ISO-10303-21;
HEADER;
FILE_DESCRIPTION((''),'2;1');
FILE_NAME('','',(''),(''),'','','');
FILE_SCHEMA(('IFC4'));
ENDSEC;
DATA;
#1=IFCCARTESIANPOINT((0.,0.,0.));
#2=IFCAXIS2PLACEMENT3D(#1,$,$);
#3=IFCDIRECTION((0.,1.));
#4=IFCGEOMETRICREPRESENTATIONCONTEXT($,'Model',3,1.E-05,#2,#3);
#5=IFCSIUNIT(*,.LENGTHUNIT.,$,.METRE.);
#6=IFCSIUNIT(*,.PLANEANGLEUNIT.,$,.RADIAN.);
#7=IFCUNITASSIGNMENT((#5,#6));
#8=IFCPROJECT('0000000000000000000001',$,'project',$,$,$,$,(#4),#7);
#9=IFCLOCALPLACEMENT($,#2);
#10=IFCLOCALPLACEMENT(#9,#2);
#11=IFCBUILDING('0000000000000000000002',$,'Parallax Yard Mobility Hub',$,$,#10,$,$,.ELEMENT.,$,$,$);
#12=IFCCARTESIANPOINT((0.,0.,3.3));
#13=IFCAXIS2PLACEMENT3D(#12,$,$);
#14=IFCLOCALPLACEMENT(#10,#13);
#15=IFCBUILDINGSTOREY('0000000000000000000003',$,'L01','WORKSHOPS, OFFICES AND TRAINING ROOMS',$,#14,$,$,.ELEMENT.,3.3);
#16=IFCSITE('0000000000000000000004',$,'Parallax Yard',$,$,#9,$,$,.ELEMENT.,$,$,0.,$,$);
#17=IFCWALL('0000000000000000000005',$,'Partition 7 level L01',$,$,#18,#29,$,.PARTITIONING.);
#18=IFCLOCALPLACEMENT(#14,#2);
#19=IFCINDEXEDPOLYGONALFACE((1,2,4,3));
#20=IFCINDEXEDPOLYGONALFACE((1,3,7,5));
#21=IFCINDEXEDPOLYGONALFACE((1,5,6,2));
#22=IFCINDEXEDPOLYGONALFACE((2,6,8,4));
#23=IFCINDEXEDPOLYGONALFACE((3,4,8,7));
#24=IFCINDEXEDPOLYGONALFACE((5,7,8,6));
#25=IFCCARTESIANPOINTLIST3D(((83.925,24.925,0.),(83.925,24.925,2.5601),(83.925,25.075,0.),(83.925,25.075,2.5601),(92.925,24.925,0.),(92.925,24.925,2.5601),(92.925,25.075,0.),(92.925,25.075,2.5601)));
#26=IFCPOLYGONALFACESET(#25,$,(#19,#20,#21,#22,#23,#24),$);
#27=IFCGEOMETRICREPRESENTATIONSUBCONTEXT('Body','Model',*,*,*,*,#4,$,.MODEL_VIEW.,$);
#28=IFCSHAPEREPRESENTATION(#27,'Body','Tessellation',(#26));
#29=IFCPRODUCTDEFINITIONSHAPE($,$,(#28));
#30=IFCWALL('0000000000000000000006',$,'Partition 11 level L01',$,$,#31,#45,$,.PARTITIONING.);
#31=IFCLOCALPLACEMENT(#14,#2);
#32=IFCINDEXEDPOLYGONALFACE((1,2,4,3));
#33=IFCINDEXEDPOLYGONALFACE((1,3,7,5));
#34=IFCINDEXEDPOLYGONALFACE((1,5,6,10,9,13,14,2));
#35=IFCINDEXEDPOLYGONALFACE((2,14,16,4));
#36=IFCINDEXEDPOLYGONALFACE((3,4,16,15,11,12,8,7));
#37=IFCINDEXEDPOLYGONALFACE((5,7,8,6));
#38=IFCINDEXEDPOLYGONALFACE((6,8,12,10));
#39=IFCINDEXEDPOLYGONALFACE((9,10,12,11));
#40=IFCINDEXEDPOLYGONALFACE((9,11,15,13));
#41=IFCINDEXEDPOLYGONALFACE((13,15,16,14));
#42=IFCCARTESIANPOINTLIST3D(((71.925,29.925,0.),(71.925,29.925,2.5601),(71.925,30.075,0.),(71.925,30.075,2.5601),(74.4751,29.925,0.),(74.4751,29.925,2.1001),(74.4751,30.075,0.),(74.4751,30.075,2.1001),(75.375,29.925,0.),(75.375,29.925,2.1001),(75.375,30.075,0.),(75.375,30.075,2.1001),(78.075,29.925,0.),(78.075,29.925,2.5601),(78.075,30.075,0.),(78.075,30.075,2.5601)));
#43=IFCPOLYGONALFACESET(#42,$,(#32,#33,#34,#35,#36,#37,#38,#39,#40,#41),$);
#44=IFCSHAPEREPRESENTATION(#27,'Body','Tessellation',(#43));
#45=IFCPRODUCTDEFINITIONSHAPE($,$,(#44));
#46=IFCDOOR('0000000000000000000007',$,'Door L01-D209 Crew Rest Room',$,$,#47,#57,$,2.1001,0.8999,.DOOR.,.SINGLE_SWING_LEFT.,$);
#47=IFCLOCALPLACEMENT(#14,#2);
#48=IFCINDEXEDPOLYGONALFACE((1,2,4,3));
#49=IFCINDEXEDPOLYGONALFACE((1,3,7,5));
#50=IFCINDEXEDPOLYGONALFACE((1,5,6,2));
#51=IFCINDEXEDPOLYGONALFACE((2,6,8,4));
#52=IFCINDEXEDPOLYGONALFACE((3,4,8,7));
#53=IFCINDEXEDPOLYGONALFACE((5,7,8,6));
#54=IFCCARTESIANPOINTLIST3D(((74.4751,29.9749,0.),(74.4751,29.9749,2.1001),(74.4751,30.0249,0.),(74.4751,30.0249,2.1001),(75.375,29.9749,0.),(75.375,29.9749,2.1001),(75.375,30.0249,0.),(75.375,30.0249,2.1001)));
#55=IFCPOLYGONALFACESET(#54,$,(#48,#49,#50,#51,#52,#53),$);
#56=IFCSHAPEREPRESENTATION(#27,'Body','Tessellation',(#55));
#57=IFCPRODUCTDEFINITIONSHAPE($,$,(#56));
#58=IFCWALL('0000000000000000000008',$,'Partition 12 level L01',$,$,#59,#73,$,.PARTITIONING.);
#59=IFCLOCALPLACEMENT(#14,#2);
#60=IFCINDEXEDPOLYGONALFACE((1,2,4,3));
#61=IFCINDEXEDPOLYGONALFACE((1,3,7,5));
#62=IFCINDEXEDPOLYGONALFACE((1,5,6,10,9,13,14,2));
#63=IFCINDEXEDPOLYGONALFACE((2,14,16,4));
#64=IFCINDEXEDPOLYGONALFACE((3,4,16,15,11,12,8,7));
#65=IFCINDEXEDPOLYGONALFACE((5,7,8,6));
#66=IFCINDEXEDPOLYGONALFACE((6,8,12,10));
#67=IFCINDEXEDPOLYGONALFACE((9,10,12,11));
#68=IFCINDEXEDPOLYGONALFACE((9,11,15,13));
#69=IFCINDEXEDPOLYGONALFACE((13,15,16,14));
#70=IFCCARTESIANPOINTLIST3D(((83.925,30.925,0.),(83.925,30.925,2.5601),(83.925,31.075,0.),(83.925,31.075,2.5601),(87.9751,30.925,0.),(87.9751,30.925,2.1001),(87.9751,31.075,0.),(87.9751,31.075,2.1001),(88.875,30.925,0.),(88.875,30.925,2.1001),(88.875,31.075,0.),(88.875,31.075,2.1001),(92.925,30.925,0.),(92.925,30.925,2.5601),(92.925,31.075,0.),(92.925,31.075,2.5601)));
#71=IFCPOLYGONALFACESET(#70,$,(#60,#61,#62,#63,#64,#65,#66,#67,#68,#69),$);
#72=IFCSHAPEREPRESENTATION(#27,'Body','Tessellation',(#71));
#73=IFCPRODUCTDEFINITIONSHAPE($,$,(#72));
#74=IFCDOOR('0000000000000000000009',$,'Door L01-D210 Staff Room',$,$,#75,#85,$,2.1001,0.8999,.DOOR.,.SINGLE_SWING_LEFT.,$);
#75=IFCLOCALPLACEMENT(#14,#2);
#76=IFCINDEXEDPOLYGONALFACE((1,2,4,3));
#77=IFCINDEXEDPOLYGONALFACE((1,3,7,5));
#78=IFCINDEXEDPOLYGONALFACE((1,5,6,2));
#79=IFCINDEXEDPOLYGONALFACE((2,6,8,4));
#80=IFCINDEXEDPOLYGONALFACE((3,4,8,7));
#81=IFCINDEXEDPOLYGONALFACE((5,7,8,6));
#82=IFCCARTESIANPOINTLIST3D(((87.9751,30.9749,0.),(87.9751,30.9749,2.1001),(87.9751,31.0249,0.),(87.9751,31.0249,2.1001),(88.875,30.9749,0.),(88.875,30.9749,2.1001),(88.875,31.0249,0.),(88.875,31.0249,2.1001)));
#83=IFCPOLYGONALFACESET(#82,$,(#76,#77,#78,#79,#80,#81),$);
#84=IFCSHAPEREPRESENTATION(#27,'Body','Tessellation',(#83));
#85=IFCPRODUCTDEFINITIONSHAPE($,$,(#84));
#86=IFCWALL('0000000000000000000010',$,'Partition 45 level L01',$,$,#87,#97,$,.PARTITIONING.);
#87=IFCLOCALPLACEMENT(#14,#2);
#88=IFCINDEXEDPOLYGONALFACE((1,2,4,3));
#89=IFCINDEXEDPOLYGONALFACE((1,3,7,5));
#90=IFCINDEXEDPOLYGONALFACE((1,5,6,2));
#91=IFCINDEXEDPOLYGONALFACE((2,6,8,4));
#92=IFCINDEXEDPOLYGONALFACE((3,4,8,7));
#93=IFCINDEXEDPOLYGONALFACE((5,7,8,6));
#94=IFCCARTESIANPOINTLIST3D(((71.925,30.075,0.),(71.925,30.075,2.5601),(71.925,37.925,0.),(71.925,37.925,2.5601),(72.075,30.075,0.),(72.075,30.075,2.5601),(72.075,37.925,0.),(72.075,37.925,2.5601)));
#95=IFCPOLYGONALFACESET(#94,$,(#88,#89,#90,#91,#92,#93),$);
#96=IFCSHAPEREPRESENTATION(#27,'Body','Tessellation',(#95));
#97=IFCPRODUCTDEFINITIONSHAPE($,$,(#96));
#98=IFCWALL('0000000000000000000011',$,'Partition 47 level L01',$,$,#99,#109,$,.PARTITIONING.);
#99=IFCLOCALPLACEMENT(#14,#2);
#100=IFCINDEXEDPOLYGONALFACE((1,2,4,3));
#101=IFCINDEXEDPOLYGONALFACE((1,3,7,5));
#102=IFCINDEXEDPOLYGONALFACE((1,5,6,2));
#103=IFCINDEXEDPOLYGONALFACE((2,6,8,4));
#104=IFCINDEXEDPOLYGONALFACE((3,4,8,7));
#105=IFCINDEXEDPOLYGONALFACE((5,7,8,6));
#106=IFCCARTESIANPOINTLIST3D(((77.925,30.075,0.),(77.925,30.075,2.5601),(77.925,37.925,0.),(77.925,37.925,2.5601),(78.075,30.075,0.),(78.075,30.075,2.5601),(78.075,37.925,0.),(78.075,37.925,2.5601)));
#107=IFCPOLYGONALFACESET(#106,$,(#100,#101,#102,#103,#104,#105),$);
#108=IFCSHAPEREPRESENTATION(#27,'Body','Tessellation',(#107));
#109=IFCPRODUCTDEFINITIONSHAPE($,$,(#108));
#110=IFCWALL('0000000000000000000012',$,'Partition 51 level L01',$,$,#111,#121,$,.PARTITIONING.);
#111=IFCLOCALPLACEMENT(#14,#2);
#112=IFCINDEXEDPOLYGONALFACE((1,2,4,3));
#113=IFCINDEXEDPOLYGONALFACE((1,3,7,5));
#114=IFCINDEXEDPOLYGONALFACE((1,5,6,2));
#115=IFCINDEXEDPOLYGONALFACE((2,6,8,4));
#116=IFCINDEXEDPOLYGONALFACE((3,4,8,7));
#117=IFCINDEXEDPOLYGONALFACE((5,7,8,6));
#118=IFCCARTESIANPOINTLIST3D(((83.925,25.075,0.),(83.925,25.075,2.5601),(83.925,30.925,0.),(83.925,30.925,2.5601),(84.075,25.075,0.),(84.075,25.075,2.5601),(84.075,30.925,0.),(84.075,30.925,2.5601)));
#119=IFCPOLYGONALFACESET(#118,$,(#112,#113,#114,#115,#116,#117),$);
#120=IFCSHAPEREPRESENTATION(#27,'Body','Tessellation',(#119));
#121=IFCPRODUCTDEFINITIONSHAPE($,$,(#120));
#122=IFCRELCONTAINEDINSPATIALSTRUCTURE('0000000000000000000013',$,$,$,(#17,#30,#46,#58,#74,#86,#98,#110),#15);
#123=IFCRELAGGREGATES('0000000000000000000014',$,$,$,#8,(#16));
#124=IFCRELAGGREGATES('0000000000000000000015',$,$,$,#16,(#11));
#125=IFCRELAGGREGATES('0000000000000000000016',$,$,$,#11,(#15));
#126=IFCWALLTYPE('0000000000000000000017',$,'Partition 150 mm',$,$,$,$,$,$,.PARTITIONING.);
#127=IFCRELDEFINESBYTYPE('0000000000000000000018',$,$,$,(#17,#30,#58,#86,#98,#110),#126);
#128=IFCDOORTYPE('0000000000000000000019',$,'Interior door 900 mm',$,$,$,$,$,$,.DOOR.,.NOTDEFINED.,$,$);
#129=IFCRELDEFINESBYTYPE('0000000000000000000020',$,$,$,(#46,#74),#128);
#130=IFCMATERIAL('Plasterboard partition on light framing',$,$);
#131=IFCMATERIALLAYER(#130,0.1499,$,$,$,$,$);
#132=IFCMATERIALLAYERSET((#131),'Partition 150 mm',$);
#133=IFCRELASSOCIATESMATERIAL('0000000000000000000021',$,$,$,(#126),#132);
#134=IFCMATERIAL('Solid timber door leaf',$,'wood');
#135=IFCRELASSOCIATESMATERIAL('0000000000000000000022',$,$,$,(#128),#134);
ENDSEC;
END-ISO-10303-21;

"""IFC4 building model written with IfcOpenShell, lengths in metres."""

from ifc_helpers import new_model, si_unit, direction, frame, frame_2d, origin, place, context, subcontext, project, spatial, rectangle, extrude, material, layer, layer_set, type_object, element, fill, save


model = new_model("IFC4")

# Units and contexts
model_context = context("Model", 3, precision=1e-05, world=origin(), true_north=direction((0.0, 1.0)))
body_context = subcontext(model_context, "Body", "Model", "MODEL_VIEW")
ifc_project = project(units=[si_unit("LENGTHUNIT", "METRE"), si_unit("PLANEANGLEUNIT", "RADIAN")], contexts=[model_context])

# Site, building, storey
site_placement = place(None, origin())
site = spatial("IfcSite", under=ifc_project, at=site_placement, Name="Parallax Yard", CompositionType="ELEMENT", RefElevation=0.0)
building_placement = place(site_placement, origin())
building = spatial("IfcBuilding", under=site, at=building_placement, Name="Parallax Yard Mobility Hub", CompositionType="ELEMENT")
storey_placement = place(building_placement, frame((0.0, 0.0, 3.3)))
storey = spatial("IfcBuildingStorey", under=building, at=storey_placement, Name="L01", Description="WORKSHOPS, OFFICES AND TRAINING ROOMS", CompositionType="ELEMENT", Elevation=3.3)

# Wall
ifc_material_1 = material(Name="Plasterboard partition on light framing")
ifc_layer_1 = layer(ifc_material_1, 0.1499)
ifc_layer_set_1 = layer_set([ifc_layer_1], Name="Partition 150 mm")
wall_type = type_object("IfcWallType", Name="Partition 150 mm", PredefinedType="PARTITIONING", material=ifc_layer_set_1)
for number, where, z_axis, x_axis, name in (
    (1, (83.925, 25.0, 0.0), (0.0, 0.0, 1.0), (1.0, 0.0, 0.0), "Partition 7 level L01"),
):
    element("IfcWall", number, at=place(storey_placement, frame(where, z_axis=z_axis, x_axis=x_axis)), inside=storey, type_object=wall_type, Name=name, PredefinedType="PARTITIONING", context=body_context, shape_type="SweptSolid", body=[
        extrude(rectangle(XDim=9.0, YDim=0.1499, at=frame_2d((4.5, 0.0))), origin(), (0.0, 0.0, 1.0), 2.5601),
    ])

# Walls, openings, doors
wall_1_placement = place(storey_placement, frame((71.925, 30.0, 0.0), z_axis=(0.0, 0.0, 1.0), x_axis=(1.0, 0.0, 0.0)))
wall_1 = element("IfcWall", 2, at=wall_1_placement, inside=storey, type_object=wall_type, Name="Partition 11 level L01", PredefinedType="PARTITIONING", context=body_context, shape_type="SweptSolid", body=[
    extrude(rectangle(XDim=6.1499, YDim=0.1499, at=frame_2d((3.075, 0.0))), origin(), (0.0, 0.0, 1.0), 2.5601),
])
opening_1_placement = place(wall_1_placement, frame((2.55, 0.0, 0.0)))
opening_1 = element("IfcOpeningElement", 3, at=opening_1_placement, cuts=wall_1, PredefinedType="OPENING", context=body_context, shape_type="SweptSolid", body=[
    extrude(rectangle(XDim=0.8999, YDim=2.1001, at=frame_2d((0.45, 1.05))), frame((0.0, 0.085, 0.0), z_axis=(0.0, -1.0, 0.0), x_axis=(1.0, 0.0, 0.0)), (0.0, 0.0, 1.0), 0.1699),
])
ifc_material_2 = material(Name="Solid timber door leaf", Category="wood")
door_type = type_object("IfcDoorType", Name="Interior door 900 mm", OperationType="NOTDEFINED", PredefinedType="DOOR", material=ifc_material_2)
door_1_placement = place(opening_1_placement, origin())
door_1 = element("IfcDoor", 4, at=door_1_placement, inside=storey, type_object=door_type, Name="Door L01-D209 Crew Rest Room", OperationType="SINGLE_SWING_LEFT", OverallHeight=2.1001, OverallWidth=0.8999, PredefinedType="DOOR", context=body_context, shape_type="SweptSolid", body=[
    extrude(rectangle(XDim=0.8999, YDim=2.1001, at=frame_2d((0.45, 1.05))), frame((0.0, 0.0249, 0.0), z_axis=(0.0, -1.0, 0.0), x_axis=(1.0, 0.0, 0.0)), (0.0, 0.0, 1.0), 0.05),
])
fill(opening_1, door_1)
wall_2_placement = place(storey_placement, frame((83.925, 31.0, 0.0), z_axis=(0.0, 0.0, 1.0), x_axis=(1.0, 0.0, 0.0)))
wall_2 = element("IfcWall", 5, at=wall_2_placement, inside=storey, type_object=wall_type, Name="Partition 12 level L01", PredefinedType="PARTITIONING", context=body_context, shape_type="SweptSolid", body=[
    extrude(rectangle(XDim=9.0, YDim=0.1499, at=frame_2d((4.5, 0.0))), origin(), (0.0, 0.0, 1.0), 2.5601),
])
opening_2_placement = place(wall_2_placement, frame((4.05, 0.0, 0.0)))
opening_2 = element("IfcOpeningElement", 6, at=opening_2_placement, cuts=wall_2, PredefinedType="OPENING", context=body_context, shape_type="SweptSolid", body=[
    extrude(rectangle(XDim=0.8999, YDim=2.1001, at=frame_2d((0.45, 1.05))), frame((0.0, 0.085, 0.0), z_axis=(0.0, -1.0, 0.0), x_axis=(1.0, 0.0, 0.0)), (0.0, 0.0, 1.0), 0.1699),
])
door_2_placement = place(opening_2_placement, origin())
door_2 = element("IfcDoor", 7, at=door_2_placement, inside=storey, type_object=door_type, Name="Door L01-D210 Staff Room", OperationType="SINGLE_SWING_LEFT", OverallHeight=2.1001, OverallWidth=0.8999, PredefinedType="DOOR", context=body_context, shape_type="SweptSolid", body=[
    extrude(rectangle(XDim=0.8999, YDim=2.1001, at=frame_2d((0.45, 1.05))), frame((0.0, 0.0249, 0.0), z_axis=(0.0, -1.0, 0.0), x_axis=(1.0, 0.0, 0.0)), (0.0, 0.0, 1.0), 0.05),
])
fill(opening_2, door_2)

# Walls
for number, where, z_axis, x_axis, name in (
    (8, (72.0, 30.075, 0.0), (0.0, 0.0, 1.0), (0.0, 1.0, 0.0), "Partition 45 level L01"),
    (9, (78.0, 30.075, 0.0), (0.0, 0.0, 1.0), (0.0, 1.0, 0.0), "Partition 47 level L01"),
):
    element("IfcWall", number, at=place(storey_placement, frame(where, z_axis=z_axis, x_axis=x_axis)), inside=storey, type_object=wall_type, Name=name, PredefinedType="PARTITIONING", context=body_context, shape_type="SweptSolid", body=[
        extrude(rectangle(XDim=7.8501, YDim=0.1499, at=frame_2d((3.925, 0.0))), origin(), (0.0, 0.0, 1.0), 2.5601),
    ])
wall_3_placement = place(storey_placement, frame((84.0, 25.075, 0.0), z_axis=(0.0, 0.0, 1.0), x_axis=(0.0, 1.0, 0.0)))
element("IfcWall", 10, at=wall_3_placement, inside=storey, type_object=wall_type, Name="Partition 51 level L01", PredefinedType="PARTITIONING", context=body_context, shape_type="SweptSolid", body=[
    extrude(rectangle(XDim=5.8501, YDim=0.1499, at=frame_2d((2.925, 0.0))), origin(), (0.0, 0.0, 1.0), 2.5601),
])

save(model, "model.ifc")
